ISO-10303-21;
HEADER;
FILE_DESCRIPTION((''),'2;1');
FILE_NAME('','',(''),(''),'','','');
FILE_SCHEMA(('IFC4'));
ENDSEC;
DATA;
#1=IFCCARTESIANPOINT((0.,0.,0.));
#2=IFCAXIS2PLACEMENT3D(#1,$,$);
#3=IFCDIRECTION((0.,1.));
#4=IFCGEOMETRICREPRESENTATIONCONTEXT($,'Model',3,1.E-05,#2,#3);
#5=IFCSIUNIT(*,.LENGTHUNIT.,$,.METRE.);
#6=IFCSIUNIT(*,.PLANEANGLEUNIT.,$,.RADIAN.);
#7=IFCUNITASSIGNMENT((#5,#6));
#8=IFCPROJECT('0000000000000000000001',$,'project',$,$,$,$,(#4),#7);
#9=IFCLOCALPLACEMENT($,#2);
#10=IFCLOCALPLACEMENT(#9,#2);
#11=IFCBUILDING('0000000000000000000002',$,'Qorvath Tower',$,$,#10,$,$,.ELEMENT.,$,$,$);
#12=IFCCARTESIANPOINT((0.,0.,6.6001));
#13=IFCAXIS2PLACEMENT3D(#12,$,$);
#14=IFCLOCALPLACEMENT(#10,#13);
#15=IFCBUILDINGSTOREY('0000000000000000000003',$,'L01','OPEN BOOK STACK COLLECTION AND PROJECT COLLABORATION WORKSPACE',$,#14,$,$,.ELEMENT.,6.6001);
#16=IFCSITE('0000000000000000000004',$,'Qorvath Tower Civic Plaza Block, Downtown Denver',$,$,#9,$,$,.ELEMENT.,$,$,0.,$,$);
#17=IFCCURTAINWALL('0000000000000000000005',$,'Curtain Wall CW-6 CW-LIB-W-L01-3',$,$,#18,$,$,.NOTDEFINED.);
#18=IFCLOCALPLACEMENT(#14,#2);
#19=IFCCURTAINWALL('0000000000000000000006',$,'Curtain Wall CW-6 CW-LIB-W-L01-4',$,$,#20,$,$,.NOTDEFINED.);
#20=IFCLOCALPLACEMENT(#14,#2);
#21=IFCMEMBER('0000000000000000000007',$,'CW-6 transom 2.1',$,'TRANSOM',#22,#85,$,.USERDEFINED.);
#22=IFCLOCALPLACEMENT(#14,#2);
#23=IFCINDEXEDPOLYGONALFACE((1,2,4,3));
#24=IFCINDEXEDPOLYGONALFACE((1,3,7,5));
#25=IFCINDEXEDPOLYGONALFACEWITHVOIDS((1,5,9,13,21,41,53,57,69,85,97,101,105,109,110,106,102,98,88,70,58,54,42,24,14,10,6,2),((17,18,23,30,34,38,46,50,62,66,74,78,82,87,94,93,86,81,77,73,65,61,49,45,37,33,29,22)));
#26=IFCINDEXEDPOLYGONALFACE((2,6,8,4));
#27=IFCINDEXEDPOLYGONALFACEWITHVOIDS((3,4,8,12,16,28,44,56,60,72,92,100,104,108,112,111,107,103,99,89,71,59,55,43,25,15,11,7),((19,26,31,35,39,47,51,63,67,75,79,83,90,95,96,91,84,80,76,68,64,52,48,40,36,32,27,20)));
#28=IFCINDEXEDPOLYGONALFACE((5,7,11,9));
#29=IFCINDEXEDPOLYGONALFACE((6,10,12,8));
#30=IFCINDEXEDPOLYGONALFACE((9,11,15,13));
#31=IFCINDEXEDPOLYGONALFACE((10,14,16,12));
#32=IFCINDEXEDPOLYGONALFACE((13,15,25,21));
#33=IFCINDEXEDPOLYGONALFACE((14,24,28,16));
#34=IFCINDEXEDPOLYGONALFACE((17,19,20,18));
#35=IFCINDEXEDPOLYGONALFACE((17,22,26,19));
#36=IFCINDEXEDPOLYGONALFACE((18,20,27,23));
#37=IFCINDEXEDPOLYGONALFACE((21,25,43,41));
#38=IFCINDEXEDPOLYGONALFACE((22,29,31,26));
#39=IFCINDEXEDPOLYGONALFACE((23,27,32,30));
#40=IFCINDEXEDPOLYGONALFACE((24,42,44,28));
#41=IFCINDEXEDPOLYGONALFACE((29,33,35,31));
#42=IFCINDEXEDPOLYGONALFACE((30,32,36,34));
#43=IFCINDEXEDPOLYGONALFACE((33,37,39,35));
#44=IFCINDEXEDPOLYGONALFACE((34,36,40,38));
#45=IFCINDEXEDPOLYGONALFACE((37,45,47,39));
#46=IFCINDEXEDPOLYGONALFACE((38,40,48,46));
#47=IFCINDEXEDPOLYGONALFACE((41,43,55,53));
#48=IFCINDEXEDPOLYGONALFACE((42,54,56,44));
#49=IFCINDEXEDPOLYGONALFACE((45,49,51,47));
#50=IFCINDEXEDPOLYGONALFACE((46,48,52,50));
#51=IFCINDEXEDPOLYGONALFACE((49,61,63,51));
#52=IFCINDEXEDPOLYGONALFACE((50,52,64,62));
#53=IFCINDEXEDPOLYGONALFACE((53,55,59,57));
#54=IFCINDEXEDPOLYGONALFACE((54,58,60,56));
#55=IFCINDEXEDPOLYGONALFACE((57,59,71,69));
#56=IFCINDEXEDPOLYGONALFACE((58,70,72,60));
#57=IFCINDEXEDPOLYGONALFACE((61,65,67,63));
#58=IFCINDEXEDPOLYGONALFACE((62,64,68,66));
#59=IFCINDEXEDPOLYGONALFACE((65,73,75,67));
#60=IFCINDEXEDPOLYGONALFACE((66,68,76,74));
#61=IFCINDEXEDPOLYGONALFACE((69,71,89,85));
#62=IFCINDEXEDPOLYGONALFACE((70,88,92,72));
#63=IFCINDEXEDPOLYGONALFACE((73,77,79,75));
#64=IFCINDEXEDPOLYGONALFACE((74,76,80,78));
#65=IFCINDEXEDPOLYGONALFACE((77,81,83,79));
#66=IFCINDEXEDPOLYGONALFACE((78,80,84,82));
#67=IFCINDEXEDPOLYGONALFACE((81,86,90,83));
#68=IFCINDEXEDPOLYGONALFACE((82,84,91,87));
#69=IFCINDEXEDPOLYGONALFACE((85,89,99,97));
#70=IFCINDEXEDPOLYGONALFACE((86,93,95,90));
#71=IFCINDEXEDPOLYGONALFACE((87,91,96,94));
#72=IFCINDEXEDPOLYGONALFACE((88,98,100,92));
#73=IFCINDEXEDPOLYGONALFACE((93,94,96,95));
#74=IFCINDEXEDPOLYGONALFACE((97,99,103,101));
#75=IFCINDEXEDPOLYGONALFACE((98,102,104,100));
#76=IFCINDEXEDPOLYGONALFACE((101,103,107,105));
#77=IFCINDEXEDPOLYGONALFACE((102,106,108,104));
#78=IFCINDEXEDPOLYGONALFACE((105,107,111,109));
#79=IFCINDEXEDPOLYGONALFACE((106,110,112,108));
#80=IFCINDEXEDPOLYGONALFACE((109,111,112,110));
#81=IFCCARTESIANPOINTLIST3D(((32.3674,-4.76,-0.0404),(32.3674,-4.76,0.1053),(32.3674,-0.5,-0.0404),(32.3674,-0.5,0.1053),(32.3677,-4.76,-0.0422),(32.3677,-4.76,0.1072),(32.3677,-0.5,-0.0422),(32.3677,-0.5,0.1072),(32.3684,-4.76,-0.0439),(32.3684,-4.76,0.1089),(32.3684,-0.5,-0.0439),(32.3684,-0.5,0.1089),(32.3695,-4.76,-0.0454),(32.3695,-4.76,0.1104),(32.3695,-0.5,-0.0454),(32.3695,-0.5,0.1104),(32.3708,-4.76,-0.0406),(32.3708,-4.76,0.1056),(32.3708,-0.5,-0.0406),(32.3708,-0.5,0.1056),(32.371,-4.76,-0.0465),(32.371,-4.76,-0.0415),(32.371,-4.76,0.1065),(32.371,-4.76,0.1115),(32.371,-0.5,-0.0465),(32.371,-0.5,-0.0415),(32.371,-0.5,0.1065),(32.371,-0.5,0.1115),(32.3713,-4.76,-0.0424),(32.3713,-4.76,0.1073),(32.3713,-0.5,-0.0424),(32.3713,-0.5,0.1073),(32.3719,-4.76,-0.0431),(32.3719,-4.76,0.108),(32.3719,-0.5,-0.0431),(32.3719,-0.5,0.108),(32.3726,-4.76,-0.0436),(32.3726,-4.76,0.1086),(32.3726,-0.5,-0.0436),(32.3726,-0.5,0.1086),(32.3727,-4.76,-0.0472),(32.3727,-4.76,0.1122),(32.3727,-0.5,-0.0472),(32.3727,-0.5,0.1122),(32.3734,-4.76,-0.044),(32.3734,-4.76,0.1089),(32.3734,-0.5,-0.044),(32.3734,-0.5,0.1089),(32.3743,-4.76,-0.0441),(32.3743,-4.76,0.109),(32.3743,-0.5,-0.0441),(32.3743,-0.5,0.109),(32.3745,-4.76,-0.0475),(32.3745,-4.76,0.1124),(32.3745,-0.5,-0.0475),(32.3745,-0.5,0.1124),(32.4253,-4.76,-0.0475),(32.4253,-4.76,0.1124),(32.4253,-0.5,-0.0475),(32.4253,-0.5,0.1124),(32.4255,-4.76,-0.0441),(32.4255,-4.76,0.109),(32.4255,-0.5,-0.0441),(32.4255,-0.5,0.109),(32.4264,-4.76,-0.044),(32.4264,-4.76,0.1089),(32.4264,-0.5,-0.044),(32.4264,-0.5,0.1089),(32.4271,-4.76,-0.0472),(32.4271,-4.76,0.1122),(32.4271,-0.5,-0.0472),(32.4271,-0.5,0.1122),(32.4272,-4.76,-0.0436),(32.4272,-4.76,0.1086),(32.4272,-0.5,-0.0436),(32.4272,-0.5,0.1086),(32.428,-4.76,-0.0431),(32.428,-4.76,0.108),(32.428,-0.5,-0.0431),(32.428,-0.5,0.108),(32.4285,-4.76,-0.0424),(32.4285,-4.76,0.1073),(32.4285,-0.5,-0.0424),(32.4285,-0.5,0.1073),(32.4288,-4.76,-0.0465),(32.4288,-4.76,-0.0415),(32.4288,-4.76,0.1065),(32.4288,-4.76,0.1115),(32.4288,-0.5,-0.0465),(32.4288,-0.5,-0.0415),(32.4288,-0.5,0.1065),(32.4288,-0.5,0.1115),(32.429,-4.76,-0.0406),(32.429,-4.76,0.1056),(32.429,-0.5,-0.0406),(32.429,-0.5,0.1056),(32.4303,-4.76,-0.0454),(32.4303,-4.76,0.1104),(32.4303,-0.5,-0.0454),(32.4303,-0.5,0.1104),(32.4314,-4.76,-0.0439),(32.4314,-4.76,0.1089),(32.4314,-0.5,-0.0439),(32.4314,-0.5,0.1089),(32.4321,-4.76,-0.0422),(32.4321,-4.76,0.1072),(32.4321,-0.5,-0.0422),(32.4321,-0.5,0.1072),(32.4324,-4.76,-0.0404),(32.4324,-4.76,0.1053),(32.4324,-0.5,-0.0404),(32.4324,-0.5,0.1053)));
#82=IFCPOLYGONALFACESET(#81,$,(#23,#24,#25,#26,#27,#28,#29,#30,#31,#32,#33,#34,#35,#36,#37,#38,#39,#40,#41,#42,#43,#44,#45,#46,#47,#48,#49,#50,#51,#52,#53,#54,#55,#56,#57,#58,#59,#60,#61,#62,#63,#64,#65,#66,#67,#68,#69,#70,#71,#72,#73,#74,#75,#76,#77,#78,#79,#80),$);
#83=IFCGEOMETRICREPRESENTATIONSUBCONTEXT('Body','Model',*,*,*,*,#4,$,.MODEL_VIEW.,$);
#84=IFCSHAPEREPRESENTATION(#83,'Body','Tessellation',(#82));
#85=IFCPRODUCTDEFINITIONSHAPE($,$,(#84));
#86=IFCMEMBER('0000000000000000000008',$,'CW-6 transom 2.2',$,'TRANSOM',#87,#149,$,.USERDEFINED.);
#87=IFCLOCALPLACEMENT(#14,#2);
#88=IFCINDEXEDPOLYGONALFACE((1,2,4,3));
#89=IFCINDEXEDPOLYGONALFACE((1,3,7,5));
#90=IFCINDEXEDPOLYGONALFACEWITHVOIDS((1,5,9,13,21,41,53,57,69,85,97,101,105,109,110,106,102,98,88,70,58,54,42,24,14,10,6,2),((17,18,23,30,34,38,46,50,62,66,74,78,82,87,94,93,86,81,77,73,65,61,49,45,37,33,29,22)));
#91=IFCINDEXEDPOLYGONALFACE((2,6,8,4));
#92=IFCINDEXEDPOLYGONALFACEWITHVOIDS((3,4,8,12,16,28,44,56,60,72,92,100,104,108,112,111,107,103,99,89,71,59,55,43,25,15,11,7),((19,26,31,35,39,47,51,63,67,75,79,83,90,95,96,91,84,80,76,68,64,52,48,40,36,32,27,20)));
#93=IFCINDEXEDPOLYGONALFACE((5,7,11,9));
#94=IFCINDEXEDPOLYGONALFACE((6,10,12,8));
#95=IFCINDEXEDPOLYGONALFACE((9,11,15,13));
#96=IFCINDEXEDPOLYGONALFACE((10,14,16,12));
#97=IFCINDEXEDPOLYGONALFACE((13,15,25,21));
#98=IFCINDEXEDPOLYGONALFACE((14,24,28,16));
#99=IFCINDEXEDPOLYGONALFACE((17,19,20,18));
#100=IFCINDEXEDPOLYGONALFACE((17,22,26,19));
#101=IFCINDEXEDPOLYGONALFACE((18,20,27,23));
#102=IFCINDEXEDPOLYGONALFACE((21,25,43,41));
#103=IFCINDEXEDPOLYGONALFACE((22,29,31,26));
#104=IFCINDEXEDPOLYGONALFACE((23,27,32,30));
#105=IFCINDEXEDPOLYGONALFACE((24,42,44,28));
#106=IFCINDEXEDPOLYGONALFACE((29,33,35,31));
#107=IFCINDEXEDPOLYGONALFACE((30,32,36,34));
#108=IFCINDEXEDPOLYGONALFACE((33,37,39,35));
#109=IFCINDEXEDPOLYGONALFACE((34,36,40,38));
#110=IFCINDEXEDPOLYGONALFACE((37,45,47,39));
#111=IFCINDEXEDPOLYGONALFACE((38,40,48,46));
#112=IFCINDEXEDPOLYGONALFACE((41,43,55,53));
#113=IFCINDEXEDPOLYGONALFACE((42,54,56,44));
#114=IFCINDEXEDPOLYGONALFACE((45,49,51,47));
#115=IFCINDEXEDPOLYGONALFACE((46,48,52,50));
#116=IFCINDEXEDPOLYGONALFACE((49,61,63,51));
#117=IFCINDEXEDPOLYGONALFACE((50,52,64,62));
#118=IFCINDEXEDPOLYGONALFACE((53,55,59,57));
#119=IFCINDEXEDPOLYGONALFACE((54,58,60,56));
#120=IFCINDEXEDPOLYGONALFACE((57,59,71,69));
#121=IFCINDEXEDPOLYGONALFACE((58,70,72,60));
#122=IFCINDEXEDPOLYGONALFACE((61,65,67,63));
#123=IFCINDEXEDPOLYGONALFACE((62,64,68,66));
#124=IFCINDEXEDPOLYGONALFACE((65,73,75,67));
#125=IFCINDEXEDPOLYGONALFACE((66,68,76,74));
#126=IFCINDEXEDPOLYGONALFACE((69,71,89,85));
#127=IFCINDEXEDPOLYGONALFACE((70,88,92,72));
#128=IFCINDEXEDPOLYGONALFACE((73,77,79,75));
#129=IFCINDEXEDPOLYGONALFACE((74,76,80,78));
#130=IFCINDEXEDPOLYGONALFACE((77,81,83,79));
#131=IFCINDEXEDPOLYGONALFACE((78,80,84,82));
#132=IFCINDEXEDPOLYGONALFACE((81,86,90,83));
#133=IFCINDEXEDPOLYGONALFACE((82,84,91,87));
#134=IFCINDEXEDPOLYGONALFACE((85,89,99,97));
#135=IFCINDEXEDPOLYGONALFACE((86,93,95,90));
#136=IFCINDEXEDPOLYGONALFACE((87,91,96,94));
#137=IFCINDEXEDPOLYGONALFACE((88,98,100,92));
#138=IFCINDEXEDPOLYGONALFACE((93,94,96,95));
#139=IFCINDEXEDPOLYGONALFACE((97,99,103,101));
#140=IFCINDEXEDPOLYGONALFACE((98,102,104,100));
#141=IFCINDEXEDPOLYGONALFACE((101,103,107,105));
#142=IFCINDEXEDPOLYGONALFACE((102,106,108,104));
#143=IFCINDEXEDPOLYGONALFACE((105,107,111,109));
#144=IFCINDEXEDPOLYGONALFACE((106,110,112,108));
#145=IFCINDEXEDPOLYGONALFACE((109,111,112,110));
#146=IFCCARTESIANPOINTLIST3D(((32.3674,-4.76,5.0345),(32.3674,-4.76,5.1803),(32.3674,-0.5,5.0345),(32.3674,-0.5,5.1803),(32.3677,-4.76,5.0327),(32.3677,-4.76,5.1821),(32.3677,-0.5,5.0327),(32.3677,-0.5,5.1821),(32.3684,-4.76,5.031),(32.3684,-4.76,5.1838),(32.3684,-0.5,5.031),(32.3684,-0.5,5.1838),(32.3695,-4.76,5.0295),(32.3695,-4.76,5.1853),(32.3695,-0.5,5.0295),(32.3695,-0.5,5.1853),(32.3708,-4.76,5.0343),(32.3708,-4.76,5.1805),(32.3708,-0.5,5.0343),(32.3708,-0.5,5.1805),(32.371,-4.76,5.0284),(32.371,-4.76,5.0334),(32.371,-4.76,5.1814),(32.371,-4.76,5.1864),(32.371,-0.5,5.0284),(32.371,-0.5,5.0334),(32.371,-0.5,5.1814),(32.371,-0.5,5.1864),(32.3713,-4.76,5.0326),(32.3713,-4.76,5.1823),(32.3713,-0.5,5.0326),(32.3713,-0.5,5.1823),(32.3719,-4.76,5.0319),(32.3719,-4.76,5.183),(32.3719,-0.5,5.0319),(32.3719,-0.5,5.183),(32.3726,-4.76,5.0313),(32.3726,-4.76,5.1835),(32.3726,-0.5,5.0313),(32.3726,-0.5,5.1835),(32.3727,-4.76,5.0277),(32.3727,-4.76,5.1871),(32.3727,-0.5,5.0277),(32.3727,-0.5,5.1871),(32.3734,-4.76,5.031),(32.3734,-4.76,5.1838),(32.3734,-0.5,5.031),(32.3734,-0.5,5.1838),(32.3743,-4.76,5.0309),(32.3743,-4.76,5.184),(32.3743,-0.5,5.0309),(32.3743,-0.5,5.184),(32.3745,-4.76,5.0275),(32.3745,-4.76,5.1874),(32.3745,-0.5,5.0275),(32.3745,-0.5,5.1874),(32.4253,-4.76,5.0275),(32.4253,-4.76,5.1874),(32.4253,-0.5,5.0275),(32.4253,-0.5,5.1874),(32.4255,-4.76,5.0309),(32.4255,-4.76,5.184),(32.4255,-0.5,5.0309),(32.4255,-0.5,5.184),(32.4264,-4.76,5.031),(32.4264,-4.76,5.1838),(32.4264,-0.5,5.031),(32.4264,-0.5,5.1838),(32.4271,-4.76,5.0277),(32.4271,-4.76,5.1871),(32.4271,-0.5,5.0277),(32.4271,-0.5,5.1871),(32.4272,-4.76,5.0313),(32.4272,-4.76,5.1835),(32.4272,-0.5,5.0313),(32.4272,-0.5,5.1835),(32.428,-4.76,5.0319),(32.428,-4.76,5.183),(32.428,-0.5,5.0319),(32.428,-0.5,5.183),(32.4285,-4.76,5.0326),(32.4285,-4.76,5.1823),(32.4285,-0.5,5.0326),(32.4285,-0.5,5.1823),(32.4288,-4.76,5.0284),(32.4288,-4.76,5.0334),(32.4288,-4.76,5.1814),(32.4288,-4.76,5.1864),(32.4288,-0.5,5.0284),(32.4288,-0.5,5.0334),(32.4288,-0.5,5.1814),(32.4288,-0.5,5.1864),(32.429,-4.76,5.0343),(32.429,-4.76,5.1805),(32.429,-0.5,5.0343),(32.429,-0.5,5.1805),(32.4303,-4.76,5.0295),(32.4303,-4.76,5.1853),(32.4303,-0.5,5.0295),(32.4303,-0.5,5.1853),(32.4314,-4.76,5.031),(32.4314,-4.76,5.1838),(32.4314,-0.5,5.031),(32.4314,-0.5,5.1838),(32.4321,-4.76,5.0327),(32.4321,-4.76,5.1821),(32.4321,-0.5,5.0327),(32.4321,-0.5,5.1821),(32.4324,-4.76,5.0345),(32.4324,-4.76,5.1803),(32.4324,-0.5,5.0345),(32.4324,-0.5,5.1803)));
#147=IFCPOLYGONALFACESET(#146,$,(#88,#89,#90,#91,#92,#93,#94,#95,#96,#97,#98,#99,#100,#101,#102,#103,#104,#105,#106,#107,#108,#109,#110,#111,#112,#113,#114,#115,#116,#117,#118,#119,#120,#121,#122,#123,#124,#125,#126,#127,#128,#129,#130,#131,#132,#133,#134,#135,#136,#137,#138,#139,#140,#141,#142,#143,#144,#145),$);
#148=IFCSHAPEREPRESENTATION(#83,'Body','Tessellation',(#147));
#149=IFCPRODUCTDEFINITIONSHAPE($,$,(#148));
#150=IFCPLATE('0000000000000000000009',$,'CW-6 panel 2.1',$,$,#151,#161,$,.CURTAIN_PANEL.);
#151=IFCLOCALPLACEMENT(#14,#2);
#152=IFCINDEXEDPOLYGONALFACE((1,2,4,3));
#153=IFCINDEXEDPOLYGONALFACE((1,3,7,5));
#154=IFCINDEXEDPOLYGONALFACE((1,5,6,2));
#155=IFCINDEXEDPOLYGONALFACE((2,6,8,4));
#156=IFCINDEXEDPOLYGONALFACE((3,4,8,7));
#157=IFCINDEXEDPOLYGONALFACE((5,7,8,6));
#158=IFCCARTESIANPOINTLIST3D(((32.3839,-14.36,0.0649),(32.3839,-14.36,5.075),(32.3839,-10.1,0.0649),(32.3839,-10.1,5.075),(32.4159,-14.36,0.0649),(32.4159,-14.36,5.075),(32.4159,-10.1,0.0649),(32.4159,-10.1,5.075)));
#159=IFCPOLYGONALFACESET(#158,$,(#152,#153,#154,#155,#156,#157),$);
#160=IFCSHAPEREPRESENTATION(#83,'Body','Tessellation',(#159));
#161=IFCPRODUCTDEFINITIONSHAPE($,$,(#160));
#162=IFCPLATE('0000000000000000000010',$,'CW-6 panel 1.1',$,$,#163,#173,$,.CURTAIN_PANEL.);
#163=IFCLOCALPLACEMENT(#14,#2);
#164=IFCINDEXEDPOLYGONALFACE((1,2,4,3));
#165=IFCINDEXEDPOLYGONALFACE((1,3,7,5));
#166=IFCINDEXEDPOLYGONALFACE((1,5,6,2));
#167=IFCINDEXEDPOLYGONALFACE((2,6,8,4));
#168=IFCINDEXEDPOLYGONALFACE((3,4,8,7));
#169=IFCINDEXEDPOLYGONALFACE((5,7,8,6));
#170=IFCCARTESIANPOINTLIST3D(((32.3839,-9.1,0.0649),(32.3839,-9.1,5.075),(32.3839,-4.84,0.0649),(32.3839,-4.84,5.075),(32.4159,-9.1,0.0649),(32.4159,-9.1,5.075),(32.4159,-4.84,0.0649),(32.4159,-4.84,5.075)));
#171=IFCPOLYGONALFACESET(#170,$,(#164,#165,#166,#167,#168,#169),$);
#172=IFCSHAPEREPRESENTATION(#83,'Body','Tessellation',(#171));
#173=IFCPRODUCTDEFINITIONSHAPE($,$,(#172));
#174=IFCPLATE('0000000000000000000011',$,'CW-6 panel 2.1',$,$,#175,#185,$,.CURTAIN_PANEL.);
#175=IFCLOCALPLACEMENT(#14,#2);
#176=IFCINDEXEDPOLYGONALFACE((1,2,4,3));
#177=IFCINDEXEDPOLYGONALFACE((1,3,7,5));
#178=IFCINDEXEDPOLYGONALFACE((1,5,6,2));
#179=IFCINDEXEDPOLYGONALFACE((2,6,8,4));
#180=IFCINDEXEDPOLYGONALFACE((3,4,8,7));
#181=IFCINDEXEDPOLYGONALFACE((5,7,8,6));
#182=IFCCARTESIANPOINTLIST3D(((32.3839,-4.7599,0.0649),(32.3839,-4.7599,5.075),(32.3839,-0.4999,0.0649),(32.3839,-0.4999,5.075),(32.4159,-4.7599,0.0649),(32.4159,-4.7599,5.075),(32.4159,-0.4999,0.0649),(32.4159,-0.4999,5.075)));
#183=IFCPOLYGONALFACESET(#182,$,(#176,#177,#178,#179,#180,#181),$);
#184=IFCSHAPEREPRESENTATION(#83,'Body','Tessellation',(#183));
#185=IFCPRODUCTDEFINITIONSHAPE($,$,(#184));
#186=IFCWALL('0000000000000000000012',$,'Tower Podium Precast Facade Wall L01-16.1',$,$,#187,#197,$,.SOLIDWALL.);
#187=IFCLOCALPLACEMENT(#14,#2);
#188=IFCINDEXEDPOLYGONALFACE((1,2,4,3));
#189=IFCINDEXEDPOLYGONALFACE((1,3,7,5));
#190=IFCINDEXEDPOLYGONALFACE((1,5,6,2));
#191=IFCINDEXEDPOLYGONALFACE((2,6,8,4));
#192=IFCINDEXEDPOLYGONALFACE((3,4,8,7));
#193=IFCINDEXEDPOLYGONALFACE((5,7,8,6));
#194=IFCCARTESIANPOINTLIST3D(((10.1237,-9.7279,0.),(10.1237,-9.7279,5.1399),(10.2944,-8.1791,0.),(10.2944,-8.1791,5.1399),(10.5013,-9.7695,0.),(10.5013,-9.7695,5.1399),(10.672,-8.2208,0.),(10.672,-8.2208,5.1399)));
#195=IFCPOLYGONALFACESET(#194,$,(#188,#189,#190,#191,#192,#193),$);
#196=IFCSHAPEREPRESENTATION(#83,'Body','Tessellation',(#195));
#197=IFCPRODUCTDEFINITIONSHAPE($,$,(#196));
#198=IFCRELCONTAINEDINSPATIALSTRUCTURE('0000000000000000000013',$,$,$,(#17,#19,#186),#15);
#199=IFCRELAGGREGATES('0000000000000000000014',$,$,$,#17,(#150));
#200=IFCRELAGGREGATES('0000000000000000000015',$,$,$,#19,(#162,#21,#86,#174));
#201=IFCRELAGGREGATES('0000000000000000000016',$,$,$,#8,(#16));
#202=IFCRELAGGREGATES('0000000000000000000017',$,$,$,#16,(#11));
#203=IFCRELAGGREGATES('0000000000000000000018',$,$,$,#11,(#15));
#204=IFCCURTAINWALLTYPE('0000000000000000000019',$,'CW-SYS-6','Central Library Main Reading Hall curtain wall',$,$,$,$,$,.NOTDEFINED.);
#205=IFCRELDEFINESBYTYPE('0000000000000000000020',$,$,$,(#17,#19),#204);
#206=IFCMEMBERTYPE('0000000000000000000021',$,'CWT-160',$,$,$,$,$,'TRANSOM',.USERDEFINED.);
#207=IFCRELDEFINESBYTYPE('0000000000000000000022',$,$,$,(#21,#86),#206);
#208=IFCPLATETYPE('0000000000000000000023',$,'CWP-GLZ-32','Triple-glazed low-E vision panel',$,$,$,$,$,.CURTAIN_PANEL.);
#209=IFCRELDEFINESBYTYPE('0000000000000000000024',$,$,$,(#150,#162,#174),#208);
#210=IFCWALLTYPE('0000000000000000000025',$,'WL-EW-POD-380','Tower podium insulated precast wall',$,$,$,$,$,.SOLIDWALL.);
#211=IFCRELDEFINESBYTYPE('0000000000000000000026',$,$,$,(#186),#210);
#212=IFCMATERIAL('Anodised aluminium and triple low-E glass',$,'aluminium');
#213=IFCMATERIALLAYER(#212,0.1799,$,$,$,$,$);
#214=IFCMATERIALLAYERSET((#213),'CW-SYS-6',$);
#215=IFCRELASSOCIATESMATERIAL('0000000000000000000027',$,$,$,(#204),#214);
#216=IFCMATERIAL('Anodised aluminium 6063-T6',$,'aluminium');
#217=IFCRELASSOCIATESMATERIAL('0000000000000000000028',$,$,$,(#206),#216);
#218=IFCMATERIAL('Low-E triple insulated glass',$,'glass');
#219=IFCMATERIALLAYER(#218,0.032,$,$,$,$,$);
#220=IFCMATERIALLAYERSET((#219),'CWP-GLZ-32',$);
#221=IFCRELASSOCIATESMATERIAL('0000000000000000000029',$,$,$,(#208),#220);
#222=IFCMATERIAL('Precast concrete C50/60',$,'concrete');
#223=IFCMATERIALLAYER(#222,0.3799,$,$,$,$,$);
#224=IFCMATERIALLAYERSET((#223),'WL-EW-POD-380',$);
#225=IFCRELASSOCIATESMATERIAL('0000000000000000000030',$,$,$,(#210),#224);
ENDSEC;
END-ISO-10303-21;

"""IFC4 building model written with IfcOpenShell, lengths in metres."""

from ifc_helpers import new_model, si_unit, direction, frame, frame_2d, origin, origin_2d, place, context, subcontext, project, spatial, rectangle, hollow_rectangle, extrude, material, layer, layer_set, material_profile, profile_set, type_object, element, aggregate, save


model = new_model("IFC4")

# Units and contexts
model_context = context("Model", 3, precision=1e-05, world=origin(), true_north=direction((0.0, 1.0)))
body_context = subcontext(model_context, "Body", "Model", "MODEL_VIEW")
ifc_project = project(units=[si_unit("LENGTHUNIT", "METRE"), si_unit("PLANEANGLEUNIT", "RADIAN")], contexts=[model_context])

# Site, building, storey
site_placement = place(None, origin())
site = spatial("IfcSite", under=ifc_project, at=site_placement, Name="Qorvath Tower Civic Plaza Block, Downtown Denver", CompositionType="ELEMENT", RefElevation=0.0)
building_placement = place(site_placement, origin())
building = spatial("IfcBuilding", under=site, at=building_placement, Name="Qorvath Tower", CompositionType="ELEMENT")
storey_placement = place(building_placement, frame((0.0, 0.0, 6.6001)))
storey = spatial("IfcBuildingStorey", under=building, at=storey_placement, Name="L01", Description="OPEN BOOK STACK COLLECTION AND PROJECT COLLABORATION WORKSPACE", CompositionType="ELEMENT", Elevation=6.6001)

# Curtain wall
ifc_material_1 = material(Name="Anodised aluminium and triple low-E glass", Category="aluminium")
ifc_layer_1 = layer(ifc_material_1, 0.1799)
ifc_layer_set_1 = layer_set([ifc_layer_1], Name="CW-SYS-6")
curtain_wall_type = type_object("IfcCurtainWallType", Name="CW-SYS-6", Description="Central Library Main Reading Hall curtain wall", PredefinedType="NOTDEFINED", material=ifc_layer_set_1)
curtain_wall_1_placement = place(storey_placement, origin())
curtain_wall_1 = element("IfcCurtainWall", 1, at=curtain_wall_1_placement, inside=storey, type_object=curtain_wall_type, Name="Curtain Wall CW-6 CW-LIB-W-L01-3", PredefinedType="NOTDEFINED")

# Curtain wall
curtain_wall_2_placement = place(storey_placement, origin())
curtain_wall_2 = element("IfcCurtainWall", 2, at=curtain_wall_2_placement, inside=storey, type_object=curtain_wall_type, Name="Curtain Wall CW-6 CW-LIB-W-L01-4", PredefinedType="NOTDEFINED")

# Members
ifc_material_2 = material(Name="Anodised aluminium 6063-T6", Category="aluminium")
ifc_material_profile_1 = material_profile(ifc_material_2, hollow_rectangle(XDim=0.0649, YDim=0.1599, WallThickness=0.0034, InnerFilletRadius=0.0034, OuterFilletRadius=0.0071, at=origin_2d()), Name="CWT 160x65")
ifc_profile_set_1 = profile_set([ifc_material_profile_1], Name="Anodised aluminium 6063-T6")
member_type_1 = type_object("IfcMemberType", Name="CWT-160", ElementType="TRANSOM", PredefinedType="USERDEFINED", material=ifc_profile_set_1)
member_1_placement = place(storey_placement, frame((32.3999, -4.76, 0.0325), z_axis=(0.0, 1.0, 0.0), x_axis=(-1.0, 0.0, 0.0)))
member_1 = element("IfcMember", 3, at=member_1_placement, type_object=member_type_1, Name="CW-6 transom 2.1", ObjectType="TRANSOM", PredefinedType="USERDEFINED", context=body_context, shape_type="SweptSolid", body=[
    extrude(hollow_rectangle(XDim=0.0649, YDim=0.1599, WallThickness=0.0034, InnerFilletRadius=0.0034, OuterFilletRadius=0.0071, at=origin_2d()), origin(), (0.0, 0.0, 1.0), 4.26),
])
member_2_placement = place(storey_placement, frame((32.3999, -4.76, 5.1074), z_axis=(0.0, 1.0, 0.0), x_axis=(-1.0, 0.0, 0.0)))
member_2 = element("IfcMember", 4, at=member_2_placement, type_object=member_type_1, Name="CW-6 transom 2.2", ObjectType="TRANSOM", PredefinedType="USERDEFINED", context=body_context, shape_type="SweptSolid", body=[
    extrude(hollow_rectangle(XDim=0.0649, YDim=0.1599, WallThickness=0.0034, InnerFilletRadius=0.0034, OuterFilletRadius=0.0071, at=origin_2d()), origin(), (0.0, 0.0, 1.0), 4.26),
])

# Plates
ifc_material_3 = material(Name="Low-E triple insulated glass", Category="glass")
ifc_layer_2 = layer(ifc_material_3, 0.032)
ifc_layer_set_2 = layer_set([ifc_layer_2], Name="CWP-GLZ-32")
plate_type = type_object("IfcPlateType", Name="CWP-GLZ-32", Description="Triple-glazed low-E vision panel", PredefinedType="CURTAIN_PANEL", material=ifc_layer_set_2)
plate_1_placement = place(storey_placement, frame((32.3999, -12.23, 0.0649), z_axis=(0.0, 0.0, 1.0), x_axis=(0.0, 1.0, 0.0)))
plate_1 = element("IfcPlate", 5, at=plate_1_placement, type_object=plate_type, Name="CW-6 panel 2.1", PredefinedType="CURTAIN_PANEL", context=body_context, shape_type="SweptSolid", body=[
    extrude(rectangle(XDim=4.26, YDim=0.032, at=origin_2d()), origin(), (0.0, 0.0, 1.0), 5.01),
])
aggregate(curtain_wall_1, [plate_1])
plate_2_placement = place(storey_placement, frame((32.3999, -6.97, 0.0649), z_axis=(0.0, 0.0, 1.0), x_axis=(0.0, 1.0, 0.0)))
plate_2 = element("IfcPlate", 6, at=plate_2_placement, type_object=plate_type, Name="CW-6 panel 1.1", PredefinedType="CURTAIN_PANEL", context=body_context, shape_type="SweptSolid", body=[
    extrude(rectangle(XDim=4.26, YDim=0.032, at=origin_2d()), origin(), (0.0, 0.0, 1.0), 5.01),
])
plate_3_placement = place(storey_placement, frame((32.3999, -2.6299, 0.0649), z_axis=(0.0, 0.0, 1.0), x_axis=(0.0, 1.0, 0.0)))
plate_3 = element("IfcPlate", 7, at=plate_3_placement, type_object=plate_type, Name="CW-6 panel 2.1", PredefinedType="CURTAIN_PANEL", context=body_context, shape_type="SweptSolid", body=[
    extrude(rectangle(XDim=4.26, YDim=0.032, at=origin_2d()), origin(), (0.0, 0.0, 1.0), 5.01),
])
aggregate(curtain_wall_2, [plate_2, member_1, member_2, plate_3])

# Wall
ifc_material_4 = material(Name="Precast concrete C50/60", Category="concrete")
ifc_layer_3 = layer(ifc_material_4, 0.3799)
ifc_layer_set_3 = layer_set([ifc_layer_3], Name="WL-EW-POD-380")
wall_type = type_object("IfcWallType", Name="WL-EW-POD-380", Description="Tower podium insulated precast wall", PredefinedType="SOLIDWALL", material=ifc_layer_set_3)
wall_placement = place(storey_placement, frame((10.4832, -8.2, 0.0), z_axis=(0.0, 0.0, 1.0), x_axis=(-0.10952, -0.993985, 0.0)))
element("IfcWall", 8, at=wall_placement, inside=storey, type_object=wall_type, Name="Tower Podium Precast Facade Wall L01-16.1", PredefinedType="SOLIDWALL", context=body_context, shape_type="SweptSolid", body=[
    extrude(rectangle(XDim=1.5581, YDim=0.3799, at=frame_2d((0.7791, 0.0))), origin(), (0.0, 0.0, 1.0), 5.1399),
])

save(model, "model.ifc")
